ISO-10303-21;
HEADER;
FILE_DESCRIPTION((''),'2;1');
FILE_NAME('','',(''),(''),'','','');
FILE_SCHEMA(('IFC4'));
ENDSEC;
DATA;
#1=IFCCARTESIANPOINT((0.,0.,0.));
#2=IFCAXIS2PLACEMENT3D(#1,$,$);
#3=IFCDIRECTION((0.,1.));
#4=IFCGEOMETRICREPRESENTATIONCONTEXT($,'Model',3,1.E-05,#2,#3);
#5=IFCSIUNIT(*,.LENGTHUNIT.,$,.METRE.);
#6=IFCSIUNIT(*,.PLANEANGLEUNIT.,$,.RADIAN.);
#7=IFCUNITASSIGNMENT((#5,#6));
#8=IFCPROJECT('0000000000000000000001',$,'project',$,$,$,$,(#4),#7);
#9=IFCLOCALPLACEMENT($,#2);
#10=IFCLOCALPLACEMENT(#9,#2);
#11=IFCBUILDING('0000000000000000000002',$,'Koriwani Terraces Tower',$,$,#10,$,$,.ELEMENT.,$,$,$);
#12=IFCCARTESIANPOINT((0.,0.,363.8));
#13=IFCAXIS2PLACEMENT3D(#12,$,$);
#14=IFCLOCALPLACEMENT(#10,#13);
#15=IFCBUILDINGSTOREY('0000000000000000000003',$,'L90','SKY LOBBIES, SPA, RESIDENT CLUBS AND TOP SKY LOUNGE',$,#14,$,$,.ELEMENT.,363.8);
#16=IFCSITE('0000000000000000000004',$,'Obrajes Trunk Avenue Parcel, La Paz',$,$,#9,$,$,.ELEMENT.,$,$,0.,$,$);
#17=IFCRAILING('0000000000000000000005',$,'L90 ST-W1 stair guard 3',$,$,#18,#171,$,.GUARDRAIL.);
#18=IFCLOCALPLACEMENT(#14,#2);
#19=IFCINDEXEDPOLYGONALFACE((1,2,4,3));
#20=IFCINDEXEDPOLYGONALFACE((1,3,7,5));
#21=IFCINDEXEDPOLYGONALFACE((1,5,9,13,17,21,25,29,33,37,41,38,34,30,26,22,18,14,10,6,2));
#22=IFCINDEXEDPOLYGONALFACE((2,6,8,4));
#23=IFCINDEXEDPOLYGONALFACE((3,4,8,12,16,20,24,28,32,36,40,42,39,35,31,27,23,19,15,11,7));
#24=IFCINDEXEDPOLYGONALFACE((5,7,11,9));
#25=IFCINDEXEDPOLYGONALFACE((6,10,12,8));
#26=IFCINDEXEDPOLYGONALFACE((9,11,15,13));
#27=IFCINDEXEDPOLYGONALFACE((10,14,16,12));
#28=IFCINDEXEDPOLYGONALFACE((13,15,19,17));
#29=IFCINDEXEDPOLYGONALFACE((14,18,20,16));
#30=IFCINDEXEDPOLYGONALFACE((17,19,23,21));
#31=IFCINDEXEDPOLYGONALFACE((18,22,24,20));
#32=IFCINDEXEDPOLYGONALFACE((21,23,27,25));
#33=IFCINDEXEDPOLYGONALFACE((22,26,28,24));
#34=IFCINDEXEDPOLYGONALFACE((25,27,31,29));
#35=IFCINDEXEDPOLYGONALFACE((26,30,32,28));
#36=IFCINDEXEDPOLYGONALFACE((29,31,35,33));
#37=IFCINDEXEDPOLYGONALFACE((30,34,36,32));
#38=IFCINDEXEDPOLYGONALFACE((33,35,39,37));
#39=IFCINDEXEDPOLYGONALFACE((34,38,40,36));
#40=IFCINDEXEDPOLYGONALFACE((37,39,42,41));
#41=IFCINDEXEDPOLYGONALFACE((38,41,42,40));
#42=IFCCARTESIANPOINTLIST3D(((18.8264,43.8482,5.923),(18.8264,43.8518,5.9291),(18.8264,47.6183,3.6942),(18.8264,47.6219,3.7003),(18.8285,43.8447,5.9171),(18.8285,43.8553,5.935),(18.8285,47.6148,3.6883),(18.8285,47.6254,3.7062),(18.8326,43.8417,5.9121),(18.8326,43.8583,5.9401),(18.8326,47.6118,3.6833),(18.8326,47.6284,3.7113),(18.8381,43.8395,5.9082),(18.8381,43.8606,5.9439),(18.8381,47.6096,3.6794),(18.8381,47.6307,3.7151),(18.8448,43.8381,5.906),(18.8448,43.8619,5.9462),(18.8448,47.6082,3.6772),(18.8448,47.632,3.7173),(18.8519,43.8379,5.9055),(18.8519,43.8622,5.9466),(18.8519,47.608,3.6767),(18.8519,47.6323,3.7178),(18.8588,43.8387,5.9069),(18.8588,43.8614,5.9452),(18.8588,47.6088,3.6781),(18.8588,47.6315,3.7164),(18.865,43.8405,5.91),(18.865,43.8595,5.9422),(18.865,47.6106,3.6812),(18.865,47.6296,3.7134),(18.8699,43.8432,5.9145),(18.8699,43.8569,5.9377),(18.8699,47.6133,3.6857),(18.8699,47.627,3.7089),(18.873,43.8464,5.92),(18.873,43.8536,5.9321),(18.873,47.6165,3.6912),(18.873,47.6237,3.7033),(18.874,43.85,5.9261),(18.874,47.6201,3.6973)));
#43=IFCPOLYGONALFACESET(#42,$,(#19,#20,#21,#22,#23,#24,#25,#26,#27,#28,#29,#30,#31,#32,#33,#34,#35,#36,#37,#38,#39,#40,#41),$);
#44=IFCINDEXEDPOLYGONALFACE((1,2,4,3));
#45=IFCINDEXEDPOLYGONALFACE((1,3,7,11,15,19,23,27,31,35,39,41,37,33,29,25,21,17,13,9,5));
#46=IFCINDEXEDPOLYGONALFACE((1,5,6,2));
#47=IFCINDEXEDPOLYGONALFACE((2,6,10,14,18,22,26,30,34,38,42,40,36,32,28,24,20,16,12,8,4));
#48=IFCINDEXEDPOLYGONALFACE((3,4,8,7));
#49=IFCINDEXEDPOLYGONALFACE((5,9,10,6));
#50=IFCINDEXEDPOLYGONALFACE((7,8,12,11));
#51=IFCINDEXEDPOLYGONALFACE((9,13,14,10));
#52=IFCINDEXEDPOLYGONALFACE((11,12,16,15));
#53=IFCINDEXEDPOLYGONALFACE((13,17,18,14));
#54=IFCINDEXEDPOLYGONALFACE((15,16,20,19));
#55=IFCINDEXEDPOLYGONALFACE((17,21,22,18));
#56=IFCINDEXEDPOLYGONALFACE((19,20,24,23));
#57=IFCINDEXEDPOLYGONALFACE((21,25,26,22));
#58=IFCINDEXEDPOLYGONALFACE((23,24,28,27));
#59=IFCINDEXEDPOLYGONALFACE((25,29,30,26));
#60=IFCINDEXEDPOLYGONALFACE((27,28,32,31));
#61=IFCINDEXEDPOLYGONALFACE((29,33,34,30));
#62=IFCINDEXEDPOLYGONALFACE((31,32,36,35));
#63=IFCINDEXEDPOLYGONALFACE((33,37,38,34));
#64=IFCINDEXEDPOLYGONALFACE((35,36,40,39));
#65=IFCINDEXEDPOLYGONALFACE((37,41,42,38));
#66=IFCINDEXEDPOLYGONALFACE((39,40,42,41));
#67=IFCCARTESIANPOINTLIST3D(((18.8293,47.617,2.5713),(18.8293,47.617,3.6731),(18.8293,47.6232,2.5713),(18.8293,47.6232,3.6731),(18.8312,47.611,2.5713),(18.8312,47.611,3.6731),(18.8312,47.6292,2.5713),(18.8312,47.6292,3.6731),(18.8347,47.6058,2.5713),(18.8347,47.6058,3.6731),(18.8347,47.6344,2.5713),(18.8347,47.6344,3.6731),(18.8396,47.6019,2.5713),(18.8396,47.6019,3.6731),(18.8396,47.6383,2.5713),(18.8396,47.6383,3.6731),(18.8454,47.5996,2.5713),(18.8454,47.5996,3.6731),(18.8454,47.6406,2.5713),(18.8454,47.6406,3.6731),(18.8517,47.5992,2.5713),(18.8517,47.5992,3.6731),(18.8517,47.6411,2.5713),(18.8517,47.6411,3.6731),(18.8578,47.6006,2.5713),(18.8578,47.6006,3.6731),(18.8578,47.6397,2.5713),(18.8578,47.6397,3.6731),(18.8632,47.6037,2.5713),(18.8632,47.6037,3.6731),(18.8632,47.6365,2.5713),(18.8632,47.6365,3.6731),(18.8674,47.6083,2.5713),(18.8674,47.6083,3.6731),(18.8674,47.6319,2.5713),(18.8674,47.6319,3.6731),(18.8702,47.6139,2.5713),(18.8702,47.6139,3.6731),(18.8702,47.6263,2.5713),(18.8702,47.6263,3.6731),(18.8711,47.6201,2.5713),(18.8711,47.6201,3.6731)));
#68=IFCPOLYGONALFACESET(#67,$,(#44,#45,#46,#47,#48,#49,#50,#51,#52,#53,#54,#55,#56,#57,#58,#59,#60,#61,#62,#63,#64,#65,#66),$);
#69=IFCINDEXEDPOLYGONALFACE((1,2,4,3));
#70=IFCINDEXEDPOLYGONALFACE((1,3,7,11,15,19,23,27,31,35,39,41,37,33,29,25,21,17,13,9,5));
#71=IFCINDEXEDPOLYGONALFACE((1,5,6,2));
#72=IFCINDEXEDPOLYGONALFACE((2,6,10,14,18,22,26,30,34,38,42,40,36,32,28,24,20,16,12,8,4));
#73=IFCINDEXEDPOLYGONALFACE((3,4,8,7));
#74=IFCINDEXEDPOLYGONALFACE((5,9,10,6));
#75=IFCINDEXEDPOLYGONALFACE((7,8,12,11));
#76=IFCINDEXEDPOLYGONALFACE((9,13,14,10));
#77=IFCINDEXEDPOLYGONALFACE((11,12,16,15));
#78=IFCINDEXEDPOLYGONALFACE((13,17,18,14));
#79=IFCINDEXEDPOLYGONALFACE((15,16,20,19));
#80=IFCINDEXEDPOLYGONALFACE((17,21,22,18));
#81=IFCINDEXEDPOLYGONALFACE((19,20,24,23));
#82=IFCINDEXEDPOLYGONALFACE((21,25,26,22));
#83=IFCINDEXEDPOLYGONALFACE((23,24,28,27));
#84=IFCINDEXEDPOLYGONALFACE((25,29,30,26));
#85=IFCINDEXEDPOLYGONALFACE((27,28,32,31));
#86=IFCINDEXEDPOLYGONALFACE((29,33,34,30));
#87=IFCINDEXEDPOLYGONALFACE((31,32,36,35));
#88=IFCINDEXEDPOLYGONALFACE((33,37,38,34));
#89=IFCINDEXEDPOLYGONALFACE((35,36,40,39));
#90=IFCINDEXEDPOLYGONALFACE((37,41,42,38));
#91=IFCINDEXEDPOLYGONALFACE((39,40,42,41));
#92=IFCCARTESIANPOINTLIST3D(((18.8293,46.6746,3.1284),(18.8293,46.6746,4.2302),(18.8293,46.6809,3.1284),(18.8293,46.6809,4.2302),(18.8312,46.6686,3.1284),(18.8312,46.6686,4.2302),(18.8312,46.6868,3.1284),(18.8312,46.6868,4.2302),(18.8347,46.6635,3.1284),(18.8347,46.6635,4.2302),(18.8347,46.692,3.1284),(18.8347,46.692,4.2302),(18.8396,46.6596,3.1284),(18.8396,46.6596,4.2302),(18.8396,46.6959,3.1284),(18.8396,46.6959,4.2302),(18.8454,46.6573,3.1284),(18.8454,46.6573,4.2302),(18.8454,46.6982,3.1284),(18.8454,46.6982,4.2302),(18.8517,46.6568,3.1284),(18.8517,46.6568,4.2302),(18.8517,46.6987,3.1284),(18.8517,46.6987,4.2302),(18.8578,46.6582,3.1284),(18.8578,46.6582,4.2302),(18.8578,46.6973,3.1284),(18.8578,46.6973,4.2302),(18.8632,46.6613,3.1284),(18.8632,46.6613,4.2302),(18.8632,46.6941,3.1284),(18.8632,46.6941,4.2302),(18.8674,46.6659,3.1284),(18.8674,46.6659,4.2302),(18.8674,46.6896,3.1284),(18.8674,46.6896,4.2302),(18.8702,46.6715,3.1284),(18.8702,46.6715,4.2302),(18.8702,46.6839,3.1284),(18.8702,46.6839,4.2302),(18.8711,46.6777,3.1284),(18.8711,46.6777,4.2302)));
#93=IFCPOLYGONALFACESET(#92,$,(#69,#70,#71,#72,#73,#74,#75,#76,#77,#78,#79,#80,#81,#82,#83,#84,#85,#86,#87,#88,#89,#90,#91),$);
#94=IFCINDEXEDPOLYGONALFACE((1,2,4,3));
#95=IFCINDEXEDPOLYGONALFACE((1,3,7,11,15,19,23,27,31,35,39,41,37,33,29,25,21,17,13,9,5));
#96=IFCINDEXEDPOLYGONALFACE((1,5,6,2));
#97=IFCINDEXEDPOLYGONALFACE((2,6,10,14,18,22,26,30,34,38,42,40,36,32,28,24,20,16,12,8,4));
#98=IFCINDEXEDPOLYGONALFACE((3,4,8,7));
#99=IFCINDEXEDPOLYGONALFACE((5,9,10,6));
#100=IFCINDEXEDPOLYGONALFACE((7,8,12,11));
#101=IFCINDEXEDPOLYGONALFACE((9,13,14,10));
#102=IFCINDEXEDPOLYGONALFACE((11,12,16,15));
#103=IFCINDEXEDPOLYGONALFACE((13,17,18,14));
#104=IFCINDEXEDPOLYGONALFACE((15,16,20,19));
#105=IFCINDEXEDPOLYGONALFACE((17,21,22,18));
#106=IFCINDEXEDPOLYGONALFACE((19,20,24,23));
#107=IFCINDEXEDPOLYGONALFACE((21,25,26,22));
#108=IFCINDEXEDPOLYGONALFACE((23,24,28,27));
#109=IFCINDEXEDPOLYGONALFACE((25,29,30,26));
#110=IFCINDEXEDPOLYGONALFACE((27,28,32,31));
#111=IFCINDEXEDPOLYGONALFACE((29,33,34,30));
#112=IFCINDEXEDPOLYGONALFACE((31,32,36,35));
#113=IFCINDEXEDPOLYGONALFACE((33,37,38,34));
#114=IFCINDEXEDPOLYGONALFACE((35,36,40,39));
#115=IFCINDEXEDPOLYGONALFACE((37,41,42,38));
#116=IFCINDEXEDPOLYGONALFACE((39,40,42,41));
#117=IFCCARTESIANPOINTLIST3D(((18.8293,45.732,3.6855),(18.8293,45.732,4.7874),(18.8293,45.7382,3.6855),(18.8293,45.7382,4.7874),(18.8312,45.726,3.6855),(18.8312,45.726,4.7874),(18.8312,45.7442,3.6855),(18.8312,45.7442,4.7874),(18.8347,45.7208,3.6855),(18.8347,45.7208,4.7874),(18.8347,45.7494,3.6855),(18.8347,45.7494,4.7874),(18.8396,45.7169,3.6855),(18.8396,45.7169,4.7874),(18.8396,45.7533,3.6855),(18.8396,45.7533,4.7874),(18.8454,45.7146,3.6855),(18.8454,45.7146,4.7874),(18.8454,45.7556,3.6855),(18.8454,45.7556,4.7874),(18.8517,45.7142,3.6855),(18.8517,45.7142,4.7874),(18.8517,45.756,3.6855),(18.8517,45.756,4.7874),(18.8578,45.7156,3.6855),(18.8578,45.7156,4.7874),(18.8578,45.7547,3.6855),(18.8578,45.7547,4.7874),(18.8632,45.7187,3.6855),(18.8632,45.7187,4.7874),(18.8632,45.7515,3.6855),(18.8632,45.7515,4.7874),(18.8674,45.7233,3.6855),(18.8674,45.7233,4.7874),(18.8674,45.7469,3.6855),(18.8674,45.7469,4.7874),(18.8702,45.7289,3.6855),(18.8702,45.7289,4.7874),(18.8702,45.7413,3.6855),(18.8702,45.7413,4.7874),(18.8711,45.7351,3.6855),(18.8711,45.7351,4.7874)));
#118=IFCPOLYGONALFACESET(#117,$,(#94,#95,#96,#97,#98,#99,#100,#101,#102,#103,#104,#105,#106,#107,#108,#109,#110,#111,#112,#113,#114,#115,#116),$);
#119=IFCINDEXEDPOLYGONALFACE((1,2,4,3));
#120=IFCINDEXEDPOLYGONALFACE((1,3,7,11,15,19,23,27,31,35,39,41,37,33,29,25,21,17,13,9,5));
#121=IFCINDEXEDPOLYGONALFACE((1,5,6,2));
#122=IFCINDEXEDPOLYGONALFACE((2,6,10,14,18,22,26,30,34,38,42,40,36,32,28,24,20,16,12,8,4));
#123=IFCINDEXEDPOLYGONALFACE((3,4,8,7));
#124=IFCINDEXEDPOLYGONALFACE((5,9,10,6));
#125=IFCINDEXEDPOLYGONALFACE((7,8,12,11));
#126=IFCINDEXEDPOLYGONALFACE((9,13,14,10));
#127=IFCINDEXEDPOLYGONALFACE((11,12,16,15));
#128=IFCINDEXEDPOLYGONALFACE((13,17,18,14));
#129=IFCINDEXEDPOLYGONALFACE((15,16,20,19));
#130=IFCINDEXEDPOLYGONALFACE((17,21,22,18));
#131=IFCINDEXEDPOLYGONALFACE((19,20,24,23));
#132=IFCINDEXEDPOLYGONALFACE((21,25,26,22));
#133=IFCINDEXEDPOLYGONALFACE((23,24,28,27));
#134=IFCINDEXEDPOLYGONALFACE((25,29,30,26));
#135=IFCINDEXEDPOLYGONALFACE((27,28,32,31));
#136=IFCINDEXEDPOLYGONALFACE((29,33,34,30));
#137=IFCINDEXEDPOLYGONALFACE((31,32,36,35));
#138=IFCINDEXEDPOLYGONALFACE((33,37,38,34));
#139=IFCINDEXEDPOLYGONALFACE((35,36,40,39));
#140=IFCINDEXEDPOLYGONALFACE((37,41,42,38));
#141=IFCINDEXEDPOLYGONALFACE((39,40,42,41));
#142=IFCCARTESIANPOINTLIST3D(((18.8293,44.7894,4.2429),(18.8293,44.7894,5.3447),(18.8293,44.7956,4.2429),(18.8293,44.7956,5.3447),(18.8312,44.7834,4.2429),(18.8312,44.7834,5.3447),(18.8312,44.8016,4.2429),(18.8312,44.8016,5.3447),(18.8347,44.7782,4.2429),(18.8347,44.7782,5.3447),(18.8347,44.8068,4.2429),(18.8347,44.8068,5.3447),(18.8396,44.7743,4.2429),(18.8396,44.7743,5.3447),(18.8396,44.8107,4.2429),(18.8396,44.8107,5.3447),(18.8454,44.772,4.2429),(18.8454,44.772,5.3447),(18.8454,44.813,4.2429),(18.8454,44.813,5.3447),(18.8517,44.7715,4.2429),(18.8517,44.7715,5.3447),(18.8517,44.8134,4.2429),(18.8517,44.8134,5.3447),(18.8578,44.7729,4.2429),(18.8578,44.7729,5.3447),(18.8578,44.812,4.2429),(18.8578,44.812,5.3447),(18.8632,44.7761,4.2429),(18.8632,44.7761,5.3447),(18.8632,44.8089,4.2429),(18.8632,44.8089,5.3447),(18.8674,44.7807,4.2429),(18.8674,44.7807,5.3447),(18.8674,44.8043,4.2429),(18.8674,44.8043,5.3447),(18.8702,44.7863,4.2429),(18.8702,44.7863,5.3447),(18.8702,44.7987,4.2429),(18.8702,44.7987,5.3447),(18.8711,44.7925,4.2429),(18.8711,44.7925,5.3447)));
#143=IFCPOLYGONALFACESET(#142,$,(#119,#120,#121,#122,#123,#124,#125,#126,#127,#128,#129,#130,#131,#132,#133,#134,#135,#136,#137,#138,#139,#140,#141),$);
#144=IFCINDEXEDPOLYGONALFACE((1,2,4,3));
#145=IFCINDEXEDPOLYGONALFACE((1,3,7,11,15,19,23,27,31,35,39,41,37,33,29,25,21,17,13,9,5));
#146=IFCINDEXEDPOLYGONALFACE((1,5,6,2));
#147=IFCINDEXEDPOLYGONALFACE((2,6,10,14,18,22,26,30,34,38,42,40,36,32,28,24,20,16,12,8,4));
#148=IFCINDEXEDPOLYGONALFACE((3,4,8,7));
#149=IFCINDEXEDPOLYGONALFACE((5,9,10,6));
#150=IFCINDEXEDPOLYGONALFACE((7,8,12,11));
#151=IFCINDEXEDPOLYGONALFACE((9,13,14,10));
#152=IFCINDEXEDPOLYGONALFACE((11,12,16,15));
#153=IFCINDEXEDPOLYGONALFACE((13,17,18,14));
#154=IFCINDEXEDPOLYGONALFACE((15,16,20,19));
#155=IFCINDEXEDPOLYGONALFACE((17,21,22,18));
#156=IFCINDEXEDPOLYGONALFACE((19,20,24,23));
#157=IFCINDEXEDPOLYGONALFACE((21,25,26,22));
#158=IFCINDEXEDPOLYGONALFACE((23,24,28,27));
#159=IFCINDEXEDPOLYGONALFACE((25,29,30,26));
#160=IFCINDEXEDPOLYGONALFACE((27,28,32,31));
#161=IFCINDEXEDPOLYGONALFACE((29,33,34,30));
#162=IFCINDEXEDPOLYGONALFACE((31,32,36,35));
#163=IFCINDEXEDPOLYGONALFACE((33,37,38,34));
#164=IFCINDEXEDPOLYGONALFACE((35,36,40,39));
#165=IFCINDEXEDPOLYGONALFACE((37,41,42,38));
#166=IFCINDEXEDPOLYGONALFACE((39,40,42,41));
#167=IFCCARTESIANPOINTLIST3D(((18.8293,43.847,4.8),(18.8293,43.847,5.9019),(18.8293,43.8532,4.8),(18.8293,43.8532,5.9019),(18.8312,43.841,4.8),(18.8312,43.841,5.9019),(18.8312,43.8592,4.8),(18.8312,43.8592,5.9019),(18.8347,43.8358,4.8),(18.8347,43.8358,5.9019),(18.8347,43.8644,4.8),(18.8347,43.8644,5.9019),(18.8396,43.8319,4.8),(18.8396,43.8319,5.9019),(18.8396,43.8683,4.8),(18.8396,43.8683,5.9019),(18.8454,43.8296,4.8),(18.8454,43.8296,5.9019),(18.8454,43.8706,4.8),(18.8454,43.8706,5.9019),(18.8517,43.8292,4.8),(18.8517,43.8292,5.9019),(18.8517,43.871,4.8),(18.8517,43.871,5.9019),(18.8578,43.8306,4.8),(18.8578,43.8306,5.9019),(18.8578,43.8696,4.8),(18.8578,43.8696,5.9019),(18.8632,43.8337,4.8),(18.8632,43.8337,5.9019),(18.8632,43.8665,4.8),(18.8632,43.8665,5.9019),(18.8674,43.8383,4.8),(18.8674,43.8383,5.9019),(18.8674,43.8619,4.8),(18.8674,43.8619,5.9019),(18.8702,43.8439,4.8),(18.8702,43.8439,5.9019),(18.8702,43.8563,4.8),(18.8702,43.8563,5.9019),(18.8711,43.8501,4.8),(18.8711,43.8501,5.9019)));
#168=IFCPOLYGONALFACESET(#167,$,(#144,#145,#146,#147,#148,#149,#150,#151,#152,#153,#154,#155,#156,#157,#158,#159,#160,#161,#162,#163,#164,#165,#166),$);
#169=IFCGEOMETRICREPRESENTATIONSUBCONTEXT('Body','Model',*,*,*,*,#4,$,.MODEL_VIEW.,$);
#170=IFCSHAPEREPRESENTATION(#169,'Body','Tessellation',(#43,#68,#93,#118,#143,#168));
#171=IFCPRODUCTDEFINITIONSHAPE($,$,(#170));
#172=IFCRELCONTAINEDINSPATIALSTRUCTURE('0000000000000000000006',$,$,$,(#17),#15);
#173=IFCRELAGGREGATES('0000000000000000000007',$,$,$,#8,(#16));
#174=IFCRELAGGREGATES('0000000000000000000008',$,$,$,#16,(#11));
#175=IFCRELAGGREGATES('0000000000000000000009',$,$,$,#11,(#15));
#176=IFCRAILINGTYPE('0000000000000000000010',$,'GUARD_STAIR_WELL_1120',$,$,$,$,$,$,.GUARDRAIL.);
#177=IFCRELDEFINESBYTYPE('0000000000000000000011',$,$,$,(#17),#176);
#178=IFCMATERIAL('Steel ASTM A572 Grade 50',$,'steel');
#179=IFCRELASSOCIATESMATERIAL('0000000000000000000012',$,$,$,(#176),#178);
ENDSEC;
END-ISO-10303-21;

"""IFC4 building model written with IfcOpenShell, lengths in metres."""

from ifc_helpers import new_model, si_unit, direction, frame, origin, origin_2d, place, context, subcontext, project, spatial, circle, extrude, material, type_object, element, save


model = new_model("IFC4")

# Units and contexts
model_context = context("Model", 3, precision=1e-05, world=origin(), true_north=direction((0.0, 1.0)))
body_context = subcontext(model_context, "Body", "Model", "MODEL_VIEW")
ifc_project = project(units=[si_unit("LENGTHUNIT", "METRE"), si_unit("PLANEANGLEUNIT", "RADIAN")], contexts=[model_context])

# Site, building, storey
site_placement = place(None, origin())
site = spatial("IfcSite", under=ifc_project, at=site_placement, Name="Obrajes Trunk Avenue Parcel, La Paz", CompositionType="ELEMENT", RefElevation=0.0)
building_placement = place(site_placement, origin())
building = spatial("IfcBuilding", under=site, at=building_placement, Name="Koriwani Terraces Tower", CompositionType="ELEMENT")
storey_placement = place(building_placement, frame((0.0, 0.0, 363.8)))
storey = spatial("IfcBuildingStorey", under=building, at=storey_placement, Name="L90", Description="SKY LOBBIES, SPA, RESIDENT CLUBS AND TOP SKY LOUNGE", CompositionType="ELEMENT", Elevation=363.8)

# Shared definitions
ifc_material_1 = material(Name="Steel ASTM A572 Grade 50", Category="steel")

# Railing
railing_type_1 = type_object("IfcRailingType", Name="GUARD_STAIR_WELL_1120", PredefinedType="GUARDRAIL", material=ifc_material_1)
railing_1_placement = place(storey_placement, frame((18.8501, 47.6201, 2.5713)))
element("IfcRailing", 1, at=railing_1_placement, inside=storey, type_object=railing_type_1, Name="L90 ST-W1 stair guard 3", PredefinedType="GUARDRAIL", context=body_context, shape_type="SweptSolid", body=[
    extrude(circle(Radius=0.0239, at=origin_2d()), frame((0.0, 0.0, 1.126), z_axis=(0.0, -0.860824, 0.508902), x_axis=(1.0, 0.0, 0.0)), (0.0, 0.0, 1.0), 4.3796),
    extrude(circle(Radius=0.021, at=origin_2d()), origin(), (0.0, 0.0, 1.0), 1.1018),
    extrude(circle(Radius=0.021, at=origin_2d()), frame((0.0, -0.9424, 0.5571)), (0.0, 0.0, 1.0), 1.1018),
    extrude(circle(Radius=0.021, at=origin_2d()), frame((0.0, -1.885, 1.1143)), (0.0, 0.0, 1.0), 1.1018),
    extrude(circle(Radius=0.021, at=origin_2d()), frame((0.0, -2.8276, 1.6716)), (0.0, 0.0, 1.0), 1.1018),
    extrude(circle(Radius=0.021, at=origin_2d()), frame((0.0, -3.77, 2.2288)), (0.0, 0.0, 1.0), 1.1018),
])

save(model, "model.ifc")
